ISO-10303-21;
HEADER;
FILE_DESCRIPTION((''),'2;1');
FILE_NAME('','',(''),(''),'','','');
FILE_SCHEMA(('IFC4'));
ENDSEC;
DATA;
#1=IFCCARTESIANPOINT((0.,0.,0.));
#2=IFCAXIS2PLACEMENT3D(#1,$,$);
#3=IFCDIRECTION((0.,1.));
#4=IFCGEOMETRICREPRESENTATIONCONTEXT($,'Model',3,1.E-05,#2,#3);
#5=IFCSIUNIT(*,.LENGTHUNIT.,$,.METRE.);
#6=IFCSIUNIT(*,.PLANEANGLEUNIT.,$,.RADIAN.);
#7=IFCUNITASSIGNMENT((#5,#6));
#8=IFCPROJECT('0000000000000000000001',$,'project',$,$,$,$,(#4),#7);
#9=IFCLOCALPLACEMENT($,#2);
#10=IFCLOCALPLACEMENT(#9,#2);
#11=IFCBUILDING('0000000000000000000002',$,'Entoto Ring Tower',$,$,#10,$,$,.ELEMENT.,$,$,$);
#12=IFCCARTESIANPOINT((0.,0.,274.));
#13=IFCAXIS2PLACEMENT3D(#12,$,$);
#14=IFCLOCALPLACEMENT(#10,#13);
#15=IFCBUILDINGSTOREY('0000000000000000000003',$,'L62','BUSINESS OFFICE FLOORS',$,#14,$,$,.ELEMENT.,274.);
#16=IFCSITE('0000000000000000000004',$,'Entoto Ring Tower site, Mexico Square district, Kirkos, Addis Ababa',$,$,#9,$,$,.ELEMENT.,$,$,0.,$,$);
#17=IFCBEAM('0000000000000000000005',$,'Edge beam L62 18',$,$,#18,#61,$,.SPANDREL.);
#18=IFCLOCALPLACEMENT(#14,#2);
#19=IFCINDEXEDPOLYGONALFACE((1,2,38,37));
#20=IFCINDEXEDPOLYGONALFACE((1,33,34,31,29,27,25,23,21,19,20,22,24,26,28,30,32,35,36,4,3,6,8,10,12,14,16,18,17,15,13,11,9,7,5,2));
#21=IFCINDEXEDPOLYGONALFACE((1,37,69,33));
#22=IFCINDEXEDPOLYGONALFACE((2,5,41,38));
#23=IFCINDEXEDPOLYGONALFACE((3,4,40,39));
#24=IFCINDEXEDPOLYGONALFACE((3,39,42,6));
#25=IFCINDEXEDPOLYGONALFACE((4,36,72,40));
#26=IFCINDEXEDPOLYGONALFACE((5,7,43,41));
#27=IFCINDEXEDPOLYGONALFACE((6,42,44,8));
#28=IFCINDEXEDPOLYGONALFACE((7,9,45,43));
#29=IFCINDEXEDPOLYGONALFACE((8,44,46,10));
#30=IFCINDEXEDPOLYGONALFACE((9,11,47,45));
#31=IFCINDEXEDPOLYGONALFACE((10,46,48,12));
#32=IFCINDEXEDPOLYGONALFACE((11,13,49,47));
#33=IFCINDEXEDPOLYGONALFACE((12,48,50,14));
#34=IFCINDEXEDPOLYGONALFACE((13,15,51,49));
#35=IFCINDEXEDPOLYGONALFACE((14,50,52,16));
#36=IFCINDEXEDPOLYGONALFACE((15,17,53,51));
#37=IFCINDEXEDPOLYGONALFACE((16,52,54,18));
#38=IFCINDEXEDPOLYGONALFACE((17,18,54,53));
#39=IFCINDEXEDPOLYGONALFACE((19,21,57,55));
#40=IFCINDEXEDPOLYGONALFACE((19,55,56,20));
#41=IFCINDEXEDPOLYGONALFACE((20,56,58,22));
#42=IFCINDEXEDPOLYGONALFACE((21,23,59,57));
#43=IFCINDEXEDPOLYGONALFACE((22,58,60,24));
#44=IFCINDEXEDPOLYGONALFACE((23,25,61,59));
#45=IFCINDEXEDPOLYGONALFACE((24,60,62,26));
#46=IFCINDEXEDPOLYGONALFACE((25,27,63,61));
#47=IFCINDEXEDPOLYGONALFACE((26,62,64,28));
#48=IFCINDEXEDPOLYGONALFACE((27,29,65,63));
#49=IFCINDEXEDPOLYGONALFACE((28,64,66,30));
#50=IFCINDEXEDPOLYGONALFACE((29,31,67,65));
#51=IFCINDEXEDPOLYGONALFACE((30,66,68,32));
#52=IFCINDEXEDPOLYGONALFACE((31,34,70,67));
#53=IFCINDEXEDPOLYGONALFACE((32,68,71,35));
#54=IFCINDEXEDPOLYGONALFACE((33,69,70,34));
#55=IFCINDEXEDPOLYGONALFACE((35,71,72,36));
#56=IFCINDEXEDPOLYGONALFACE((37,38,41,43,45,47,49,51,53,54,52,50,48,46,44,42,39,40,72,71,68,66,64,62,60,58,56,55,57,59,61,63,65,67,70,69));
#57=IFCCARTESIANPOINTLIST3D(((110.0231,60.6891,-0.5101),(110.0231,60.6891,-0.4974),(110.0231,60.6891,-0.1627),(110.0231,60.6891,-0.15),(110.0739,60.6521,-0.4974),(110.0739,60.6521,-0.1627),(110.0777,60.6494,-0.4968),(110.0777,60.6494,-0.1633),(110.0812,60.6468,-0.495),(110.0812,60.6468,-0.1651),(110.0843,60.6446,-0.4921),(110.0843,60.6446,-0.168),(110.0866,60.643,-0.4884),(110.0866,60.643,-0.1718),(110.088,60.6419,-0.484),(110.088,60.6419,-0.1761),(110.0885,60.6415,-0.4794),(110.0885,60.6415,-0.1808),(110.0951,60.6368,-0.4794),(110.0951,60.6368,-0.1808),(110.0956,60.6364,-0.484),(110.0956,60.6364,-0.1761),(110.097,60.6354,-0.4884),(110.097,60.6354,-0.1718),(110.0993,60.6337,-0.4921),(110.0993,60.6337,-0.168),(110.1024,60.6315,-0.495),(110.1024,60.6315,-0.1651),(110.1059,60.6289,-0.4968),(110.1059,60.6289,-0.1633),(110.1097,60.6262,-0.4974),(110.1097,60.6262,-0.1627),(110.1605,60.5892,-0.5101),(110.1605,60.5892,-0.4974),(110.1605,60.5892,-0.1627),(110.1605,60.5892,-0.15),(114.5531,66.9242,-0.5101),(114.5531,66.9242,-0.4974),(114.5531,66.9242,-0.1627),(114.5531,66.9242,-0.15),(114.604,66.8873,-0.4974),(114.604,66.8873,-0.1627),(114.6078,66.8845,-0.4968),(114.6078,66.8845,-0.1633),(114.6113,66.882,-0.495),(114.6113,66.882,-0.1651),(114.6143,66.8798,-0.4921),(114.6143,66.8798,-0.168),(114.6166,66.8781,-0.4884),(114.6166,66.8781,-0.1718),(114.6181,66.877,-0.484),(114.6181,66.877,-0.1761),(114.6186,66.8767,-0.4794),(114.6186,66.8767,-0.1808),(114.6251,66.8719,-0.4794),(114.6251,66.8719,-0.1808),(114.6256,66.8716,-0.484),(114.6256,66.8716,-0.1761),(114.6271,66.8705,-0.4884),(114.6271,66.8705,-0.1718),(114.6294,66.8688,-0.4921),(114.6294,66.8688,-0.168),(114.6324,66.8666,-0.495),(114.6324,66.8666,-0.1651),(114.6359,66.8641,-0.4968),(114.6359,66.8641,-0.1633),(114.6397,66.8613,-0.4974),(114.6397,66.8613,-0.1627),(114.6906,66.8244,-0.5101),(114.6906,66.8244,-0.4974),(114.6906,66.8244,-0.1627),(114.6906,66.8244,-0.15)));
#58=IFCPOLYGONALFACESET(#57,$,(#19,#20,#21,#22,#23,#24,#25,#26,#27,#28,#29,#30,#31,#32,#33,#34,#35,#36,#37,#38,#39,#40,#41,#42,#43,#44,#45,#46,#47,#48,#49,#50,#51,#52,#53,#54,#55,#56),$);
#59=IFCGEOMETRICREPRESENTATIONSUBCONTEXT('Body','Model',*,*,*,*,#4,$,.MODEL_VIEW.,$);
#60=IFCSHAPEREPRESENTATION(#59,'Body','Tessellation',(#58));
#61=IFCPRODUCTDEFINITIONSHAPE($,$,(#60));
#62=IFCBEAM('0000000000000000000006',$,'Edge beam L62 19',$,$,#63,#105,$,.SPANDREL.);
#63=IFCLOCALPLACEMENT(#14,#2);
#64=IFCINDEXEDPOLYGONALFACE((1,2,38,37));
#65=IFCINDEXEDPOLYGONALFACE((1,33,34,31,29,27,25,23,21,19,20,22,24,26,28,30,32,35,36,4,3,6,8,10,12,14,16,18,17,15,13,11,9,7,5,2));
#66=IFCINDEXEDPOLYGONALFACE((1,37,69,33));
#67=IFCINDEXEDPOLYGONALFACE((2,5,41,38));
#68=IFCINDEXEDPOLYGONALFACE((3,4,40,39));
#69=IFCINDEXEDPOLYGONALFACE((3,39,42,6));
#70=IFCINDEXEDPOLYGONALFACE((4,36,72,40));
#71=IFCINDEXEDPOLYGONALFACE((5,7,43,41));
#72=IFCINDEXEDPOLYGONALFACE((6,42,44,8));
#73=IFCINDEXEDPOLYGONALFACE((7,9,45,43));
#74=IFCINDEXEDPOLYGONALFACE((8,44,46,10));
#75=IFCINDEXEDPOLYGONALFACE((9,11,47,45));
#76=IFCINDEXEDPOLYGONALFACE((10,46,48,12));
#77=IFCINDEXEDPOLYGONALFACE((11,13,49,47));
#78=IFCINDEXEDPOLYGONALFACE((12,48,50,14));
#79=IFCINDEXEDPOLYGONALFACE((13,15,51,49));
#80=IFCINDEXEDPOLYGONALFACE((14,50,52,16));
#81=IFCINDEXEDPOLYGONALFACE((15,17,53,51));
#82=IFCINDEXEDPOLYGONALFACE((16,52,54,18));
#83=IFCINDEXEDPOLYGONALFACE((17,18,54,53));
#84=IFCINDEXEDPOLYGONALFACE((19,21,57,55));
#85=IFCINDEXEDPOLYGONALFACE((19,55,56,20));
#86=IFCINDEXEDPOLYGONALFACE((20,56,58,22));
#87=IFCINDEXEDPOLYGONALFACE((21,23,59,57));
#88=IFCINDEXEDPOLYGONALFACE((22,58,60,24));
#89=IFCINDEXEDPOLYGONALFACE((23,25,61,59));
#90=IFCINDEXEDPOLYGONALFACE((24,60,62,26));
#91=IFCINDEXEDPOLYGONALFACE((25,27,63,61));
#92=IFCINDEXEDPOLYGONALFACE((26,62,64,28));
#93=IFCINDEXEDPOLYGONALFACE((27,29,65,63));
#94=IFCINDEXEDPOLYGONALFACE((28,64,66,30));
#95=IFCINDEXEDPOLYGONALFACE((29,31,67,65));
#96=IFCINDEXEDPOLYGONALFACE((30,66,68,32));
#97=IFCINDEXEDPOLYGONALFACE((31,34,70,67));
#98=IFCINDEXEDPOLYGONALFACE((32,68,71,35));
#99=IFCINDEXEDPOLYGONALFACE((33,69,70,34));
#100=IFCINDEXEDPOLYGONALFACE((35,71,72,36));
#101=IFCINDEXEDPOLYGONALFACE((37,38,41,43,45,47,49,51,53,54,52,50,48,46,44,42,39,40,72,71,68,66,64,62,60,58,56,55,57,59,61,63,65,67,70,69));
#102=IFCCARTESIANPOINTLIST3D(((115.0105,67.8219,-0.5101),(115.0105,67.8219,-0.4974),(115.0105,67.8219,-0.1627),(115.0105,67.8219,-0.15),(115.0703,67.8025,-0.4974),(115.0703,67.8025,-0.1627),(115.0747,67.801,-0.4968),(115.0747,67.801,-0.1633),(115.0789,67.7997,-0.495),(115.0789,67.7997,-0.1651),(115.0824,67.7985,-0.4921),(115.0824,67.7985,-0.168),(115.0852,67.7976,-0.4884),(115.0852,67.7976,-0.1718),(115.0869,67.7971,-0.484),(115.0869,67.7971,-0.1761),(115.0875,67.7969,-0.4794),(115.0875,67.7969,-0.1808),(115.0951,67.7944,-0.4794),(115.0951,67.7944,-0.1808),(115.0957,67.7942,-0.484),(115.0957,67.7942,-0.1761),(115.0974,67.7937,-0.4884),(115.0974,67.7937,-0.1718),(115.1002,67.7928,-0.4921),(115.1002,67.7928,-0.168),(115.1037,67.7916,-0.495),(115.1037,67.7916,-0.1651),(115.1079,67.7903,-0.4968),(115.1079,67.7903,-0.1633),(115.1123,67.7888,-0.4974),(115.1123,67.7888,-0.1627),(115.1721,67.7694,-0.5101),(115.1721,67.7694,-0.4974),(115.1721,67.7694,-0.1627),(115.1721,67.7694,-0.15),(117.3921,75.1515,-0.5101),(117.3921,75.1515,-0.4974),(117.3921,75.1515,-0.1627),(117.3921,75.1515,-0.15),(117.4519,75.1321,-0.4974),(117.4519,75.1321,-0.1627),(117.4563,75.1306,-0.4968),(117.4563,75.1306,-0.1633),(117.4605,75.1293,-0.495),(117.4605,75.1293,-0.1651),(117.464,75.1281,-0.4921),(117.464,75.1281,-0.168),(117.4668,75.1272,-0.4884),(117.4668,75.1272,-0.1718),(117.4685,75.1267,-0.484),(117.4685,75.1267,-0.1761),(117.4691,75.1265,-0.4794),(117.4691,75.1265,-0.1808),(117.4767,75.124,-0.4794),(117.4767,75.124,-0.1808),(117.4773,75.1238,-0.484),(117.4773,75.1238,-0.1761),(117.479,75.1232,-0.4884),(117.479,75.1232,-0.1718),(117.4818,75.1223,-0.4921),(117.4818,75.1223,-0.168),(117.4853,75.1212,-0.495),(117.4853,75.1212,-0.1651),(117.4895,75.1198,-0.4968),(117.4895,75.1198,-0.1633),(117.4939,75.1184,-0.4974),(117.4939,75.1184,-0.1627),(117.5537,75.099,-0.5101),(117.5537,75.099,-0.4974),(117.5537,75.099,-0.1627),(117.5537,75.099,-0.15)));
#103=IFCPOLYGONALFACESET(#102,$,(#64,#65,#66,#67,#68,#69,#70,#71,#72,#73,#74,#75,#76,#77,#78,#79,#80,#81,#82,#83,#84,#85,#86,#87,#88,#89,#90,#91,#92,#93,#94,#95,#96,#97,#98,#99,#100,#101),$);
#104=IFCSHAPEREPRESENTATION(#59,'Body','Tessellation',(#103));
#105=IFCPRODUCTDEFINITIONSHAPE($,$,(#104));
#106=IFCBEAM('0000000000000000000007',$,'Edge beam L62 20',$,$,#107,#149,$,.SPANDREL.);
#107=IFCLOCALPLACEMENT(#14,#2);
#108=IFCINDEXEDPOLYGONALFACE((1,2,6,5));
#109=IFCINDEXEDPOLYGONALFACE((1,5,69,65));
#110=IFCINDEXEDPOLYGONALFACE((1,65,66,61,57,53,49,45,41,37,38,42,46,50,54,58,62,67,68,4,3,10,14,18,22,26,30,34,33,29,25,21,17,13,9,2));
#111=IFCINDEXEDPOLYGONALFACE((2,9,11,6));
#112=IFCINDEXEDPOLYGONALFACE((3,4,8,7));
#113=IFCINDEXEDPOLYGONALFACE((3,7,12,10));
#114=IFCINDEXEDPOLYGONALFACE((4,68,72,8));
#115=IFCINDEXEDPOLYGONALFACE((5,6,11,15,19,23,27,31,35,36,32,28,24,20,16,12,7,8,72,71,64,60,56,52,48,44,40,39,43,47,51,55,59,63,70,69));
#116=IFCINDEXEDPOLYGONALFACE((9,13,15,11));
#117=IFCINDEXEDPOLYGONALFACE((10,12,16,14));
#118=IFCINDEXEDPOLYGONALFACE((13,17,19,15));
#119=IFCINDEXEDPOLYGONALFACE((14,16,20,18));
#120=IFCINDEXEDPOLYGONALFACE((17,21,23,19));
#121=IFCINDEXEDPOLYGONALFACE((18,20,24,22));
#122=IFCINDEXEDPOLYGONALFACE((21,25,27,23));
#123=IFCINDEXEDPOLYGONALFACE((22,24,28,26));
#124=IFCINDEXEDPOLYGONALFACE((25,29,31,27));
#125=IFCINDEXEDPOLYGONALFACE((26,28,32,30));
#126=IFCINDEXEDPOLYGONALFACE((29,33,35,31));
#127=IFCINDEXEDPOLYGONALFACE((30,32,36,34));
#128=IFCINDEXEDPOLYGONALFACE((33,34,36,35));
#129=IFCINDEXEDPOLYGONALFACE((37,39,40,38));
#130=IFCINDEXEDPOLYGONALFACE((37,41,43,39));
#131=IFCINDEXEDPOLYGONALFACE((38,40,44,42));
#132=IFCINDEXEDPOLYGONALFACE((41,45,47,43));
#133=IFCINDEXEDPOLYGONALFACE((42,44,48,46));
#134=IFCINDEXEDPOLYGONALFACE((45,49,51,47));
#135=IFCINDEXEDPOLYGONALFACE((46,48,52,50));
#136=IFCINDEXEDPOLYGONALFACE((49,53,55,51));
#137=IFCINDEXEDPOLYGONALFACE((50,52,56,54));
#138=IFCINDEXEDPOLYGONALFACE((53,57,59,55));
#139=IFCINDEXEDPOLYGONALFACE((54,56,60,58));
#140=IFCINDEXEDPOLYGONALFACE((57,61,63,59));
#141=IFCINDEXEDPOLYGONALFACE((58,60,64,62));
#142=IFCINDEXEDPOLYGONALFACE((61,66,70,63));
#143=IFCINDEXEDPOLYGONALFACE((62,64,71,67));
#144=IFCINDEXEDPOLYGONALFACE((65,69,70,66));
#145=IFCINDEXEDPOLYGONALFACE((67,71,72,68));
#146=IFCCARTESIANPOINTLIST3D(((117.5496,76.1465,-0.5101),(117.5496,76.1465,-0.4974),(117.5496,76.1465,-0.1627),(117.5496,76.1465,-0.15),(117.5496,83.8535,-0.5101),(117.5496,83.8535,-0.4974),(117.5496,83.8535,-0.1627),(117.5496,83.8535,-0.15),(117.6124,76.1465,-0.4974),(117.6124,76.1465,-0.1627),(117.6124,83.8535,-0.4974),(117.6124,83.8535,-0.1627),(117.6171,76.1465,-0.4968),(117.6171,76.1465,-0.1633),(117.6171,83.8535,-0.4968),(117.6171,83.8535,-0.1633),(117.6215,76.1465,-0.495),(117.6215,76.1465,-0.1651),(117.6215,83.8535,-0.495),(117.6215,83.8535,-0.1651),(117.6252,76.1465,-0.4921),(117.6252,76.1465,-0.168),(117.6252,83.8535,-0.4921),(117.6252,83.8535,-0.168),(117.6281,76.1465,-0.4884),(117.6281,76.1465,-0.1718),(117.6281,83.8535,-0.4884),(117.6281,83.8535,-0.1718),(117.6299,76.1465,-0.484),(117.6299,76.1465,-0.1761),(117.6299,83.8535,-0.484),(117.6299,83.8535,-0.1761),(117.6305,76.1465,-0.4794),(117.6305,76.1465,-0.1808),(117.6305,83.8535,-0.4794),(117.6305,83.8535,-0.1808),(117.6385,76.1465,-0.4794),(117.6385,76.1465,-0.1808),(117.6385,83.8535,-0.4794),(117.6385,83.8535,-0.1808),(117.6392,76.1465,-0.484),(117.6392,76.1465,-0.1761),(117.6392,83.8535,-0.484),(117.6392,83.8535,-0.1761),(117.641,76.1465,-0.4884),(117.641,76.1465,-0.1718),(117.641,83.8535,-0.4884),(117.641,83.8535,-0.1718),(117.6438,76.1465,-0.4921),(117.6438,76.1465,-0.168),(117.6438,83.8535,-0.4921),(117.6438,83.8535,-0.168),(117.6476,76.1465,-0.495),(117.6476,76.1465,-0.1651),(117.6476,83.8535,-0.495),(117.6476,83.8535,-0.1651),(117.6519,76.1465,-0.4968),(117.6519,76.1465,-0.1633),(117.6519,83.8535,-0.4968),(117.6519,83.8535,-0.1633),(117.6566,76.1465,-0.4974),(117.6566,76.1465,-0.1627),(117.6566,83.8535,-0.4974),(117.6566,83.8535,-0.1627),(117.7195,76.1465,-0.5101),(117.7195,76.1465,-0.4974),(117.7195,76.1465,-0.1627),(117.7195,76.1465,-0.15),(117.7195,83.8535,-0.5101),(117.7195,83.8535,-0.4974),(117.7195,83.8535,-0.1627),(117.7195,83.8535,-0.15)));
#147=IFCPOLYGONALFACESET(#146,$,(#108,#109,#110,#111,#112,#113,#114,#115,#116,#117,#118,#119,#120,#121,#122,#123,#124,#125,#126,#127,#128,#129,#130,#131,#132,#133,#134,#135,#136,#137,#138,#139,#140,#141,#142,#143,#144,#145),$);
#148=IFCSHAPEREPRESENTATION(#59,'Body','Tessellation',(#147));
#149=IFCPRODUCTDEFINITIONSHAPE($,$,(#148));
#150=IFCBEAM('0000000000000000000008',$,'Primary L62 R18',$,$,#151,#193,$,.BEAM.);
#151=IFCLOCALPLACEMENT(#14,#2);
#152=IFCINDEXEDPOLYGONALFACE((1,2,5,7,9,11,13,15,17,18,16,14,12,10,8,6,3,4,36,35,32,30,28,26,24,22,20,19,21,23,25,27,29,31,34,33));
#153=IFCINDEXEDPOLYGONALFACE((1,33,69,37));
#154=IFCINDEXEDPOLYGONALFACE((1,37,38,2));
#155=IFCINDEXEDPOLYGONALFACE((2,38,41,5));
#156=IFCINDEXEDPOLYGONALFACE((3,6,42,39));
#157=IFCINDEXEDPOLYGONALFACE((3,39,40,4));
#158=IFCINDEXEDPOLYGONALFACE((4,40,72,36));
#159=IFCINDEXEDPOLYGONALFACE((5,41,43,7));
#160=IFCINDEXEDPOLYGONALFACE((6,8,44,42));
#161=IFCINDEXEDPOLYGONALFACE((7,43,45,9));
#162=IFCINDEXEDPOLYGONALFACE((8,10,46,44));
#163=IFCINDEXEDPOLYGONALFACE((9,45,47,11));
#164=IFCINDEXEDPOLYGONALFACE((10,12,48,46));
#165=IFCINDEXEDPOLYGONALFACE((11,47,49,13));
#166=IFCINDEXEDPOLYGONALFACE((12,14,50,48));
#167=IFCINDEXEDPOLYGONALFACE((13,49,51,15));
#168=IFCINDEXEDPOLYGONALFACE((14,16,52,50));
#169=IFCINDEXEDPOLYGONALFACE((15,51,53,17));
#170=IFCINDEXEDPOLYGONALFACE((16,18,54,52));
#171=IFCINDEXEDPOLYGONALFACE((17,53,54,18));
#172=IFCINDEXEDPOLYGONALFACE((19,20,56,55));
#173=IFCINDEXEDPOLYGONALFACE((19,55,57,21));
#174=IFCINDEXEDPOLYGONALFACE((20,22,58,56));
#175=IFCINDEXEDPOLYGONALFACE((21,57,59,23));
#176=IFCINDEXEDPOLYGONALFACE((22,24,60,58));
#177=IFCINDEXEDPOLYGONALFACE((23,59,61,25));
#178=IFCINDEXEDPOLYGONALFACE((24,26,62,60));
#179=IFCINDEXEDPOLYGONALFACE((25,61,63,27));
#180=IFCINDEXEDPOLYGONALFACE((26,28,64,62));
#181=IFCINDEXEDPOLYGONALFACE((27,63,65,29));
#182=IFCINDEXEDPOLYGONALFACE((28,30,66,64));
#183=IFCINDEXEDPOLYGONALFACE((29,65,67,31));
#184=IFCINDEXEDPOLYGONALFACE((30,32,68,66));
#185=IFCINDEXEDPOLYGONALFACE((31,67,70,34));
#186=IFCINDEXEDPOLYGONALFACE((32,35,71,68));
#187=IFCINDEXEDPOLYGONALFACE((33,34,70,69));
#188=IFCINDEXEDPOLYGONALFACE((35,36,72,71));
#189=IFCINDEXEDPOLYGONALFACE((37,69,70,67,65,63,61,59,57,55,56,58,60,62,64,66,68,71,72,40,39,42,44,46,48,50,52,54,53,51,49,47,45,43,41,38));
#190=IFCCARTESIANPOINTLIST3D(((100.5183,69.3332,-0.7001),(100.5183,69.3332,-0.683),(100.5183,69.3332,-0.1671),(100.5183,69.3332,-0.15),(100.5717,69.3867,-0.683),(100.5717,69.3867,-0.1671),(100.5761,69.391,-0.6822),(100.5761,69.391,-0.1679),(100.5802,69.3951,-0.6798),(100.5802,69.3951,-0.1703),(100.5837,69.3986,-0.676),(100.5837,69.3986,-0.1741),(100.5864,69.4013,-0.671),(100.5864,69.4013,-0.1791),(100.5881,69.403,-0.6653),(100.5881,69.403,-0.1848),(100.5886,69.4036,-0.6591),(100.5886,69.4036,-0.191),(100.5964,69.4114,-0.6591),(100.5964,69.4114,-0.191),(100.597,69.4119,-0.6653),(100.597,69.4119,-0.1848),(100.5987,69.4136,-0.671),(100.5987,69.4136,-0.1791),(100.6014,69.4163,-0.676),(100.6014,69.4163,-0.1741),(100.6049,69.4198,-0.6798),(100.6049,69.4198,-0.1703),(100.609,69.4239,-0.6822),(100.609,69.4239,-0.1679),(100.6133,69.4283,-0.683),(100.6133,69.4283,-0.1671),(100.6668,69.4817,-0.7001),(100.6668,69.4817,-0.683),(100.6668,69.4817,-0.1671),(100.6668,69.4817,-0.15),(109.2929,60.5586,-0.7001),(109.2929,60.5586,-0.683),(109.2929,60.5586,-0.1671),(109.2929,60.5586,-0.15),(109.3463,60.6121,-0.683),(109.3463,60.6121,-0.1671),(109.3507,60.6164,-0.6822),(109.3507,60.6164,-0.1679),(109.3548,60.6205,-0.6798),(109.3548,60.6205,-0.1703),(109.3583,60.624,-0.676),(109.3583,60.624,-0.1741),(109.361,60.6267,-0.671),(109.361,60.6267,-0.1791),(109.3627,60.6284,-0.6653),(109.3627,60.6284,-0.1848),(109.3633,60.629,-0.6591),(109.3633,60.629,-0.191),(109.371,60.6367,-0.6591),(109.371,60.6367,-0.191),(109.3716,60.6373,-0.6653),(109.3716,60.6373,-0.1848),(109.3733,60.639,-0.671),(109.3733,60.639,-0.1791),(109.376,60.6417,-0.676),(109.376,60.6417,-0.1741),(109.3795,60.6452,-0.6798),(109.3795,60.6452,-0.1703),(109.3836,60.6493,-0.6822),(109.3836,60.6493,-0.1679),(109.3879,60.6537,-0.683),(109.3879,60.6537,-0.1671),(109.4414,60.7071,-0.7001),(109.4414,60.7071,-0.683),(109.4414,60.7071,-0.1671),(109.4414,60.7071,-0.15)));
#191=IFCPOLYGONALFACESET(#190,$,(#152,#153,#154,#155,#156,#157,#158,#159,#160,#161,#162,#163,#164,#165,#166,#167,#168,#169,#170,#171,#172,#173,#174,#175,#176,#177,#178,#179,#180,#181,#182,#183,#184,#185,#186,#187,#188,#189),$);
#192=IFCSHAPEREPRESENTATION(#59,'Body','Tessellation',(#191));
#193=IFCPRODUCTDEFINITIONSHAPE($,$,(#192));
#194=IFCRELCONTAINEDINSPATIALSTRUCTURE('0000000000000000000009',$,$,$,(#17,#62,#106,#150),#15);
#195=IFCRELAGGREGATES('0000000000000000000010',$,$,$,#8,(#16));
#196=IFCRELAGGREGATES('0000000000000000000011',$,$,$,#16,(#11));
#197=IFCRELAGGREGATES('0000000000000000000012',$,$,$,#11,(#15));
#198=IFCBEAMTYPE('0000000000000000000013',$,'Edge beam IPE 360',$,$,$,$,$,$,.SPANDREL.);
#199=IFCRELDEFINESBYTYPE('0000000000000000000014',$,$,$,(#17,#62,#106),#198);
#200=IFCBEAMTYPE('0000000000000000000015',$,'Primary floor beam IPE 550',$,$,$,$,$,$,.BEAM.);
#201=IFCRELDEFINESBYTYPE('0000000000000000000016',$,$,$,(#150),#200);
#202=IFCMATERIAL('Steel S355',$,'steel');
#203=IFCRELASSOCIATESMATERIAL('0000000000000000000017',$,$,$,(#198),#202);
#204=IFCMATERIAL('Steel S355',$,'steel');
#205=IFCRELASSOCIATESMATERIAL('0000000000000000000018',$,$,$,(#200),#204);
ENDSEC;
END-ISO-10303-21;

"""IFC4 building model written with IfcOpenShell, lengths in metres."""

from ifc_helpers import new_model, si_unit, direction, frame, origin, origin_2d, place, context, subcontext, project, spatial, i_section, extrude, material, material_profile, profile_set, type_object, element, save


model = new_model("IFC4")

# Units and contexts
model_context = context("Model", 3, precision=1e-05, world=origin(), true_north=direction((0.0, 1.0)))
body_context = subcontext(model_context, "Body", "Model", "MODEL_VIEW")
ifc_project = project(units=[si_unit("LENGTHUNIT", "METRE"), si_unit("PLANEANGLEUNIT", "RADIAN")], contexts=[model_context])

# Site, building, storey
site_placement = place(None, origin())
site = spatial("IfcSite", under=ifc_project, at=site_placement, Name="Entoto Ring Tower site, Mexico Square district, Kirkos, Addis Ababa", CompositionType="ELEMENT", RefElevation=0.0)
building_placement = place(site_placement, origin())
building = spatial("IfcBuilding", under=site, at=building_placement, Name="Entoto Ring Tower", CompositionType="ELEMENT")
storey_placement = place(building_placement, frame((0.0, 0.0, 274.0)))
storey = spatial("IfcBuildingStorey", under=building, at=storey_placement, Name="L62", Description="BUSINESS OFFICE FLOORS", CompositionType="ELEMENT", Elevation=274.0)

# Beams
ifc_material_1 = material(Name="Steel S355", Category="steel")
ifc_material_profile_1 = material_profile(ifc_material_1, i_section(OverallWidth=0.1699, OverallDepth=0.3601, WebThickness=0.0081, FlangeThickness=0.0127, FilletRadius=0.0181, at=origin_2d()), Name="IPE 360")
ifc_profile_set_1 = profile_set([ifc_material_profile_1], Name="Steel S355")
beam_type_1 = type_object("IfcBeamType", Name="Edge beam IPE 360", PredefinedType="SPANDREL", material=ifc_profile_set_1)
for number, where, z_axis, x_axis, name in (
    (1, (110.0918, 60.6392, -0.3301), (0.587782, 0.80902, 0.0), (-0.80902, 0.587782, 0.0), "Edge beam L62 18"),
):
    element("IfcBeam", number, at=place(storey_placement, frame(where, z_axis=z_axis, x_axis=x_axis)), inside=storey, type_object=beam_type_1, Name=name, PredefinedType="SPANDREL", context=body_context, shape_type="SweptSolid", body=[
        extrude(i_section(OverallWidth=0.1699, OverallDepth=0.3601, WebThickness=0.0081, FlangeThickness=0.0127, FilletRadius=0.0181, at=origin_2d()), origin(), (0.0, 0.0, 1.0), 7.707),
    ])
beam_1_placement = place(storey_placement, frame((115.0913, 67.7957, -0.3301), z_axis=(0.309024, 0.951054, 0.0), x_axis=(-0.951054, 0.309024, 0.0)))
element("IfcBeam", 2, at=beam_1_placement, inside=storey, type_object=beam_type_1, Name="Edge beam L62 19", PredefinedType="SPANDREL", context=body_context, shape_type="SweptSolid", body=[
    extrude(i_section(OverallWidth=0.1699, OverallDepth=0.3601, WebThickness=0.0081, FlangeThickness=0.0127, FilletRadius=0.0181, at=origin_2d()), origin(), (0.0, 0.0, 1.0), 7.7068),
])
beam_2_placement = place(storey_placement, frame((117.6345, 76.1465, -0.3301), z_axis=(0.0, 1.0, 0.0), x_axis=(-1.0, 0.0, 0.0)))
element("IfcBeam", 3, at=beam_2_placement, inside=storey, type_object=beam_type_1, Name="Edge beam L62 20", PredefinedType="SPANDREL", context=body_context, shape_type="SweptSolid", body=[
    extrude(i_section(OverallWidth=0.1699, OverallDepth=0.3601, WebThickness=0.0081, FlangeThickness=0.0127, FilletRadius=0.0181, at=origin_2d()), origin(), (0.0, 0.0, 1.0), 7.707),
])
ifc_material_2 = material(Name="Steel S355", Category="steel")
ifc_material_profile_2 = material_profile(ifc_material_2, i_section(OverallWidth=0.21, OverallDepth=0.55, WebThickness=0.011, FlangeThickness=0.0171, FilletRadius=0.0239, at=origin_2d()), Name="IPE 550")
ifc_profile_set_2 = profile_set([ifc_material_profile_2], Name="Steel S355")
beam_type_2 = type_object("IfcBeamType", Name="Primary floor beam IPE 550", PredefinedType="BEAM", material=ifc_profile_set_2)
beam_3_placement = place(storey_placement, frame((100.5925, 69.4075, -0.425), z_axis=(0.707107, -0.707107, 0.0), x_axis=(0.707107, 0.707107, 0.0)))
element("IfcBeam", 4, at=beam_3_placement, inside=storey, type_object=beam_type_2, Name="Primary L62 R18", PredefinedType="BEAM", context=body_context, shape_type="SweptSolid", body=[
    extrude(i_section(OverallWidth=0.21, OverallDepth=0.55, WebThickness=0.011, FlangeThickness=0.0171, FilletRadius=0.0239, at=origin_2d()), origin(), (0.0, 0.0, 1.0), 12.4092),
])

save(model, "model.ifc")
